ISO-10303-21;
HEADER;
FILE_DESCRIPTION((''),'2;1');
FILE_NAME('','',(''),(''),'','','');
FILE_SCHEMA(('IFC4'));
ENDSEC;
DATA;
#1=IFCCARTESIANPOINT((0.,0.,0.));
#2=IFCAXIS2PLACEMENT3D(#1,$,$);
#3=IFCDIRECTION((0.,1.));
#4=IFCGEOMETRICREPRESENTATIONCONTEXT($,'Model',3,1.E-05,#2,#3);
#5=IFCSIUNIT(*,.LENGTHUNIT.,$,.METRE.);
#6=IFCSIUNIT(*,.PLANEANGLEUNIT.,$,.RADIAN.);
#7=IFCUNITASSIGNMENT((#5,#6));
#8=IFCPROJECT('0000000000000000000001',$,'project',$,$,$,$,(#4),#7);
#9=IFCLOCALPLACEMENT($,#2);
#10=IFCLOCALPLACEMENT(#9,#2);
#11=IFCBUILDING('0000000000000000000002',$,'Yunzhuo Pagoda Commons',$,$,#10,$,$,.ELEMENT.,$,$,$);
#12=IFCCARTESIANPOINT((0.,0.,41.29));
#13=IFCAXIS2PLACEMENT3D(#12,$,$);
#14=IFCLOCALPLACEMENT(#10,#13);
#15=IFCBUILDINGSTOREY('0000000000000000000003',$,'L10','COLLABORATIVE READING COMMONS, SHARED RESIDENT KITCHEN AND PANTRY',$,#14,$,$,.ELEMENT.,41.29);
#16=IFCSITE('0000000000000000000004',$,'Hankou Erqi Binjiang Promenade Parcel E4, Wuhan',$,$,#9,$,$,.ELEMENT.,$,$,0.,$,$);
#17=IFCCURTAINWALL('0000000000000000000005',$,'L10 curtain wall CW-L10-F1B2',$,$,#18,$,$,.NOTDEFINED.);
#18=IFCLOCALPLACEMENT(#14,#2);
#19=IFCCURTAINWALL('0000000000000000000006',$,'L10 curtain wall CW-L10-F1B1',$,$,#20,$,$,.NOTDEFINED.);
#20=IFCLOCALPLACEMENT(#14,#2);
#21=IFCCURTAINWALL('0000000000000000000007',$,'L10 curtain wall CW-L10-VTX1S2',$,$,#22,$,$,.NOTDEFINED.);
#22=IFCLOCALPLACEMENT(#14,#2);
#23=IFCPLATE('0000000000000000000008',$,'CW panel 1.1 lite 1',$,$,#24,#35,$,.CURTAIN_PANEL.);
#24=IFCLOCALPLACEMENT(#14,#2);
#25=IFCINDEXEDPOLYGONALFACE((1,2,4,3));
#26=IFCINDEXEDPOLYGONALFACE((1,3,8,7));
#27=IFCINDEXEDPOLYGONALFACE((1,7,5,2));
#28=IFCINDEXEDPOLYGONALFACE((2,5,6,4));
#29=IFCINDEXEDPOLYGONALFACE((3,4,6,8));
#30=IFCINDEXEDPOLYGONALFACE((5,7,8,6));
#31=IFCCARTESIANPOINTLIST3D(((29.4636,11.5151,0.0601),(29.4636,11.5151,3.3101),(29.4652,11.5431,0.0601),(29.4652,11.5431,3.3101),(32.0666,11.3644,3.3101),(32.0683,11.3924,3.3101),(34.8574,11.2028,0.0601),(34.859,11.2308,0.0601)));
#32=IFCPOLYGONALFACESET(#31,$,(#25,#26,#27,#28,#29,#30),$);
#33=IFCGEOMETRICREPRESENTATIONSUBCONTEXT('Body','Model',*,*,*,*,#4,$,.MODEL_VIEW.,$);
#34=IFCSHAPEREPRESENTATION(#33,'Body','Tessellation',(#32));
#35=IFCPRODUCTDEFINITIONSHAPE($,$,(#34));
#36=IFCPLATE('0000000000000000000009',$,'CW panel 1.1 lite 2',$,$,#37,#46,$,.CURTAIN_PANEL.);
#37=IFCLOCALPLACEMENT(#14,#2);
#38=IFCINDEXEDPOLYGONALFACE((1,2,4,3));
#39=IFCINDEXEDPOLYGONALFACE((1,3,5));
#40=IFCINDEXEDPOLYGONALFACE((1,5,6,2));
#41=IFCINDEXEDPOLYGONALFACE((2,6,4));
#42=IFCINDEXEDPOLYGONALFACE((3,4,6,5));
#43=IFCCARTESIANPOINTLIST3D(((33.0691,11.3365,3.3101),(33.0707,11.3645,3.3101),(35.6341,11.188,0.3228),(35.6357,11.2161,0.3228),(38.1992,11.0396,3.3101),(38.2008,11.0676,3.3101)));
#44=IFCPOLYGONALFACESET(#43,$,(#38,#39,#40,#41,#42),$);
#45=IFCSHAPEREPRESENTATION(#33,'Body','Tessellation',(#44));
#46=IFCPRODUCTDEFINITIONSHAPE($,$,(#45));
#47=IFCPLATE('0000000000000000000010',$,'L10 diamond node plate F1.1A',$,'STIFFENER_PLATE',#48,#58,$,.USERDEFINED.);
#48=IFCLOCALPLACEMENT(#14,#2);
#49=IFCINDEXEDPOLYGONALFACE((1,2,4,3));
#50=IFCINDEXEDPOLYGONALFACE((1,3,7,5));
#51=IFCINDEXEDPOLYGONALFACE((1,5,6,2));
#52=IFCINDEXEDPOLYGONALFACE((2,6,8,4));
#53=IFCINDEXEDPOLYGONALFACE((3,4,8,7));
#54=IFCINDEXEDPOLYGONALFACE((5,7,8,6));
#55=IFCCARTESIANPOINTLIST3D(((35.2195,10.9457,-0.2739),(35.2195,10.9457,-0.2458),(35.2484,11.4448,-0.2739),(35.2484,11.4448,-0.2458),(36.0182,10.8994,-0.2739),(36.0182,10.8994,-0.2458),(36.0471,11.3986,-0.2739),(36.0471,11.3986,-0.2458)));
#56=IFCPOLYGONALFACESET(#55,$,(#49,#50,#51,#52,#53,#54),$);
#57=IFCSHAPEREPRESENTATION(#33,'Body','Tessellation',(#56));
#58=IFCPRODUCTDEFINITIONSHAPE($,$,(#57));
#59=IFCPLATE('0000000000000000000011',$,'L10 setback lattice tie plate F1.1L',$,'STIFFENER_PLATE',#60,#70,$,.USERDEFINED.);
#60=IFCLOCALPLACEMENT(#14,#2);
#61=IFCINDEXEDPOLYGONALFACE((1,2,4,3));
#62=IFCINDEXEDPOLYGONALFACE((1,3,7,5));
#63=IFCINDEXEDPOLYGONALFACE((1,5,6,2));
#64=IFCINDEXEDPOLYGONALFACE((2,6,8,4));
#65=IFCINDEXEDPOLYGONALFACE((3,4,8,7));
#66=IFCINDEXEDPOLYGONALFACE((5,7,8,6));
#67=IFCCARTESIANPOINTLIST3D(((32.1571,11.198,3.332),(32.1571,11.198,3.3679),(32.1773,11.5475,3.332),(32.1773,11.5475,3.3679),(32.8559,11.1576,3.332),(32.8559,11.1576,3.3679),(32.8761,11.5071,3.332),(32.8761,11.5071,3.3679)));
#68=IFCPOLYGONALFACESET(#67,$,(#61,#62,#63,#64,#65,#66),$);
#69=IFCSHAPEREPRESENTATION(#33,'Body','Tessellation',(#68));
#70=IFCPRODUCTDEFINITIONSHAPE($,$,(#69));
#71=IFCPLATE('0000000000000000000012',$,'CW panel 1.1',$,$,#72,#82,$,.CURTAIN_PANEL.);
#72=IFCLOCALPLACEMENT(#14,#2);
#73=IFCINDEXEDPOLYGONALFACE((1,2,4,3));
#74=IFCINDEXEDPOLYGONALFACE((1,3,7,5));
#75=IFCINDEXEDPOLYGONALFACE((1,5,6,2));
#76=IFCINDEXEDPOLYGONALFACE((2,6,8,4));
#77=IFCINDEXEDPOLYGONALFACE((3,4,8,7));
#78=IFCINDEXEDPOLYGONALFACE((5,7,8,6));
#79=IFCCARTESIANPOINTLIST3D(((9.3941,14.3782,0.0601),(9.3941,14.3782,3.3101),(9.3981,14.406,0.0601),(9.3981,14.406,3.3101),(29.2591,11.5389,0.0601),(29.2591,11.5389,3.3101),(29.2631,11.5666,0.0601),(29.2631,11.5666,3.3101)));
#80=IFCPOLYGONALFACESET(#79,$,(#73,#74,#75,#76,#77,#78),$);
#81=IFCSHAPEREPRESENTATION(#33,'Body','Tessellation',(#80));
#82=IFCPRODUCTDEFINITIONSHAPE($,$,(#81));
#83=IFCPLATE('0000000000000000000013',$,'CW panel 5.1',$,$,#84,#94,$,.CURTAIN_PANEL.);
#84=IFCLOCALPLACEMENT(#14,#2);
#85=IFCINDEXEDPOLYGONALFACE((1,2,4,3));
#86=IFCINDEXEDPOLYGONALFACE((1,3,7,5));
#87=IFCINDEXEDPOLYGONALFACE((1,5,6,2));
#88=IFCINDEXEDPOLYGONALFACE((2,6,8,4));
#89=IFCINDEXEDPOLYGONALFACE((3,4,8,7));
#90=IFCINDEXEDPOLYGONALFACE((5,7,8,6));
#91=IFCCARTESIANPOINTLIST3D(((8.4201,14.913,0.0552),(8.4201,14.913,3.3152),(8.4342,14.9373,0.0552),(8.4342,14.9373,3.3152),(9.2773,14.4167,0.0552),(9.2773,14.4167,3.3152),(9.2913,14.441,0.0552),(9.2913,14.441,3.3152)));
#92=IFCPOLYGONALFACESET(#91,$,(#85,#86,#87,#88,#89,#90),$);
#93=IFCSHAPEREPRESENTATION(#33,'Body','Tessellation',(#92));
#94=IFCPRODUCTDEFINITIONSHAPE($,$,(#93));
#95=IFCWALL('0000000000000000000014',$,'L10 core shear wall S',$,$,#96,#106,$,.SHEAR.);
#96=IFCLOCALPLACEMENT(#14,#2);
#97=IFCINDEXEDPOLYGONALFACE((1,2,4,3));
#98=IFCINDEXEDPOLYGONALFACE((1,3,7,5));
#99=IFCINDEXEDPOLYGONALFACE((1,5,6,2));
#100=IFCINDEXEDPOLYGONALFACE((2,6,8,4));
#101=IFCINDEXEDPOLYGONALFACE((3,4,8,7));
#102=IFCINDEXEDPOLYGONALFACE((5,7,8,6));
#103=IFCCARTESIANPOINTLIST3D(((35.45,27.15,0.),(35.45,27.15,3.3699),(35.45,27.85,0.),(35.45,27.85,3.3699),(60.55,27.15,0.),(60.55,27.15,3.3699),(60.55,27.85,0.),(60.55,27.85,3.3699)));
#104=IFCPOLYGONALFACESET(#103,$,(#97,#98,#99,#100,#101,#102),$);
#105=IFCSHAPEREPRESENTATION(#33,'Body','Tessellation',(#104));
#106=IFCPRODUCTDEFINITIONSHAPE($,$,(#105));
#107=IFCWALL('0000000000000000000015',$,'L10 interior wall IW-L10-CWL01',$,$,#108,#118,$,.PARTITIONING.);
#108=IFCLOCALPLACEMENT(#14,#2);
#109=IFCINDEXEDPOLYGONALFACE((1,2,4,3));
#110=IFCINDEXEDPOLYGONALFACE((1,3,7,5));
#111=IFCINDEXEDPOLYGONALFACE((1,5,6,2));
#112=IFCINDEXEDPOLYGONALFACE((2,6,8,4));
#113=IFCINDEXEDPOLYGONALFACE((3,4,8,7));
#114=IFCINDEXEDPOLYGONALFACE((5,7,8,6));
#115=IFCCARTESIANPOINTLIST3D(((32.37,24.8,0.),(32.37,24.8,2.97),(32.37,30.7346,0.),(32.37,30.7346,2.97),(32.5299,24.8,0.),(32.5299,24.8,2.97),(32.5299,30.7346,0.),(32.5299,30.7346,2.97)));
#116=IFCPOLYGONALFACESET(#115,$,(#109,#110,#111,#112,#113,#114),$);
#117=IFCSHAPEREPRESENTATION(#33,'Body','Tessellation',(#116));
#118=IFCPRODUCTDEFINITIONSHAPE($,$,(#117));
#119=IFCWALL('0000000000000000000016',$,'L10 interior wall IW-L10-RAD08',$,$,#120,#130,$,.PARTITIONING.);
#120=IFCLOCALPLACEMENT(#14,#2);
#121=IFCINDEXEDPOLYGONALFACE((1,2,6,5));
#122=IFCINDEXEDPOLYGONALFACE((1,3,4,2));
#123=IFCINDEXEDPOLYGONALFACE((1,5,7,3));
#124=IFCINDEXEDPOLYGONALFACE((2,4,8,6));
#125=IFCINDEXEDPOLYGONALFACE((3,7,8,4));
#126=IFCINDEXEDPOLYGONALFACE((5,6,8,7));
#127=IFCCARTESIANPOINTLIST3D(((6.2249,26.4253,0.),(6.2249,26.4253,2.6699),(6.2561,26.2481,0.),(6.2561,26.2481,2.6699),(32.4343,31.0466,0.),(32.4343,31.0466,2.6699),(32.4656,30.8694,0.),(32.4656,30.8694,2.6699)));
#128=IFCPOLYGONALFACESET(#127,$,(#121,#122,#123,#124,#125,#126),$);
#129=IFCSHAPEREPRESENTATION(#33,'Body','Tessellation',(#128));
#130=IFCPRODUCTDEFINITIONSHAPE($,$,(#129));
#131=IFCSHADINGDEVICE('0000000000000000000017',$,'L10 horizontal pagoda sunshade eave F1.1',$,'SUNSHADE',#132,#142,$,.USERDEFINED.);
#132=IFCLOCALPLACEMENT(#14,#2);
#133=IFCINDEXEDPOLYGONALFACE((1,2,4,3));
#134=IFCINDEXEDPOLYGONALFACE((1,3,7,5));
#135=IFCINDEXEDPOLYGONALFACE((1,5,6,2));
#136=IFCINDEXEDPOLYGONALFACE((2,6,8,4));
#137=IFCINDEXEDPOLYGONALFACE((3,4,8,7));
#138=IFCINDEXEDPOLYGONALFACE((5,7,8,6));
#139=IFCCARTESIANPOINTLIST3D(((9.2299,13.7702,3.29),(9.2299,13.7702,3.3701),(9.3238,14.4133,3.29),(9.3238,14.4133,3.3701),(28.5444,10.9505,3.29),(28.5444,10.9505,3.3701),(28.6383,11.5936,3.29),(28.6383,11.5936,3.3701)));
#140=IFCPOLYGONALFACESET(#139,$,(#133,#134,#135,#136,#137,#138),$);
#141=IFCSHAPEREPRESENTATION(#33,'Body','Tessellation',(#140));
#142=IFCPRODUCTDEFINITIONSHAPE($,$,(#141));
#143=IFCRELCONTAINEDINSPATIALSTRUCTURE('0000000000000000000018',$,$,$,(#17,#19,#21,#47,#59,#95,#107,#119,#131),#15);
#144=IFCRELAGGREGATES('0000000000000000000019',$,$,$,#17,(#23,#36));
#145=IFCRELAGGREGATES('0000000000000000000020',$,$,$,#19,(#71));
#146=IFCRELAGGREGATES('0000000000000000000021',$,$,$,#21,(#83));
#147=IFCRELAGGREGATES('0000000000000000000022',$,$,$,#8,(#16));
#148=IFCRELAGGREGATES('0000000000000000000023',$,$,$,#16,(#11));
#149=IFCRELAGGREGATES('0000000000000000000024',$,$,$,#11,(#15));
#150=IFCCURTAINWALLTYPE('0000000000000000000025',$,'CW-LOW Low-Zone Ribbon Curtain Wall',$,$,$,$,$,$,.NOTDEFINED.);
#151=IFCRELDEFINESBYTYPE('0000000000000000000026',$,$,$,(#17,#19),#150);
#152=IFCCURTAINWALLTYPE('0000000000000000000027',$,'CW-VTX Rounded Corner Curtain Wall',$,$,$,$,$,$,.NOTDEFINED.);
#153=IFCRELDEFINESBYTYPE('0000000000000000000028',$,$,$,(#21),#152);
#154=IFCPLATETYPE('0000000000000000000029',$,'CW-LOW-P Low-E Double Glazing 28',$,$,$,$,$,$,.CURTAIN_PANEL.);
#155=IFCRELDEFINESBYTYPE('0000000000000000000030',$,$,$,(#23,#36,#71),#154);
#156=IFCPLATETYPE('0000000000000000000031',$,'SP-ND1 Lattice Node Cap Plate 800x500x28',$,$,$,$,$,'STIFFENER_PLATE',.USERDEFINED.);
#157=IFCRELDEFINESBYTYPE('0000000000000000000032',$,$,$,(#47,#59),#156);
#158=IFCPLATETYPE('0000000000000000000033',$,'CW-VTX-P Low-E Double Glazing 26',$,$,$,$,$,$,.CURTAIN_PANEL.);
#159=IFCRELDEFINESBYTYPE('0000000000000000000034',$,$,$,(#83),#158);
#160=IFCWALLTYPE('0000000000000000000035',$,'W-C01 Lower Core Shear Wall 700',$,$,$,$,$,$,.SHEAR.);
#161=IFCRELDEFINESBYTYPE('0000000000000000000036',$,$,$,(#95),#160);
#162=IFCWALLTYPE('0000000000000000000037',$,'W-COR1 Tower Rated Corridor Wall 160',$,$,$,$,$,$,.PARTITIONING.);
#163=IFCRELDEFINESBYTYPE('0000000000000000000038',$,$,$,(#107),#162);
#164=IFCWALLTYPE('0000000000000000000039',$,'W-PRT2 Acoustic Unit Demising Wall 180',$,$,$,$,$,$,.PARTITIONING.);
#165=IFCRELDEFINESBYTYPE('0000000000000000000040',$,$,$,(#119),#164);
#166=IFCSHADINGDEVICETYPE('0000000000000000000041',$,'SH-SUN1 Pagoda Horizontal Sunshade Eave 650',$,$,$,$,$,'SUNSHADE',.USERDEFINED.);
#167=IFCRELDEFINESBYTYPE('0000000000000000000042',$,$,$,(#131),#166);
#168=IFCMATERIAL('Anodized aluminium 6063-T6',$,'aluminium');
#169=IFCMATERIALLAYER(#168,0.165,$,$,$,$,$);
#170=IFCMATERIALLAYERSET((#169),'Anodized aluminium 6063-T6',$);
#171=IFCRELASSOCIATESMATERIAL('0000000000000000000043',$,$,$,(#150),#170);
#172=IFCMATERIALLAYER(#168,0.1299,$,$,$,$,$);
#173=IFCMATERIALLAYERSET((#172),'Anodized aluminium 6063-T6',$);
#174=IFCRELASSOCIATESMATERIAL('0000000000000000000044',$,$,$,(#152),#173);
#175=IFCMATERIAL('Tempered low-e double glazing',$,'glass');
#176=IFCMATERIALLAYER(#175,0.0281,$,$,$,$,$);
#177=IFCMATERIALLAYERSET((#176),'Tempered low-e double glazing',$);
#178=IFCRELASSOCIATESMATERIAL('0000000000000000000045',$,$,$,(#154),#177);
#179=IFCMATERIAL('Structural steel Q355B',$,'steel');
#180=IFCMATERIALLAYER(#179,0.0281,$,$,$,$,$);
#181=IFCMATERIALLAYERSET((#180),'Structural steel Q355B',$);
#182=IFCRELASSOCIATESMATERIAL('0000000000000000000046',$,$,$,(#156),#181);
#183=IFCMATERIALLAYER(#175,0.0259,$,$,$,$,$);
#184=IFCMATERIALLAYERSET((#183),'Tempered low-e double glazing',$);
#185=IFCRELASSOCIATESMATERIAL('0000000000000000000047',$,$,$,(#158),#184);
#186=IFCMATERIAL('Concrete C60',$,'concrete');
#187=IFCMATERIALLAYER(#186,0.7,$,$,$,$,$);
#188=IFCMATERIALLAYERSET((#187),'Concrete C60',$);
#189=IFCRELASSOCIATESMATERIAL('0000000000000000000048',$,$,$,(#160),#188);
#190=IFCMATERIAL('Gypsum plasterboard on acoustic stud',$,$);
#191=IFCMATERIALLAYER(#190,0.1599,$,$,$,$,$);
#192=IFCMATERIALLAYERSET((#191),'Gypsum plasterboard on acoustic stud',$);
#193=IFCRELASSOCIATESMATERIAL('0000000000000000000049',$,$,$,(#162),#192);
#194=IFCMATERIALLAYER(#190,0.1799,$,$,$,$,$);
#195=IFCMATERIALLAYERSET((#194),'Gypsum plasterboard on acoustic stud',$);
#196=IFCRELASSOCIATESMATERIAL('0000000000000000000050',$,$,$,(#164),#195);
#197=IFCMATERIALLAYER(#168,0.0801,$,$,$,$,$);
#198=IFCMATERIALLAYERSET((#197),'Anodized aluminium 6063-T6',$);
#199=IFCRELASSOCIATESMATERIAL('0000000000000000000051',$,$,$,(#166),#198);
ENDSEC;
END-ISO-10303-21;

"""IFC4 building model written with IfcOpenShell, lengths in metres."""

from ifc_helpers import new_model, si_unit, direction, frame, frame_2d, origin, origin_2d, place, context, subcontext, project, spatial, polyline, rectangle, outline, extrude, source, transform, mapped, material, layer, layer_set, type_object, element, aggregate, save


model = new_model("IFC4")

# Units and contexts
model_context = context("Model", 3, precision=1e-05, world=origin(), true_north=direction((0.0, 1.0)))
body_context = subcontext(model_context, "Body", "Model", "MODEL_VIEW")
ifc_project = project(units=[si_unit("LENGTHUNIT", "METRE"), si_unit("PLANEANGLEUNIT", "RADIAN")], contexts=[model_context])

# Site, building, storey
site_placement = place(None, origin())
site = spatial("IfcSite", under=ifc_project, at=site_placement, Name="Hankou Erqi Binjiang Promenade Parcel E4, Wuhan", CompositionType="ELEMENT", RefElevation=0.0)
building_placement = place(site_placement, origin())
building = spatial("IfcBuilding", under=site, at=building_placement, Name="Yunzhuo Pagoda Commons", CompositionType="ELEMENT")
storey_placement = place(building_placement, frame((0.0, 0.0, 41.29)))
storey = spatial("IfcBuildingStorey", under=building, at=storey_placement, Name="L10", Description="COLLABORATIVE READING COMMONS, SHARED RESIDENT KITCHEN AND PANTRY", CompositionType="ELEMENT", Elevation=41.29)

# Shared definitions
ifc_material_1 = material(Name="Structural steel Q355B", Category="steel")

# Curtain wall
ifc_material_2 = material(Name="Anodized aluminium 6063-T6", Category="aluminium")
ifc_layer_1 = layer(ifc_material_2, 0.165)
ifc_layer_set_1 = layer_set([ifc_layer_1], Name="Anodized aluminium 6063-T6")
curtain_wall_type_1 = type_object("IfcCurtainWallType", Name="CW-LOW Low-Zone Ribbon Curtain Wall", PredefinedType="NOTDEFINED", material=ifc_layer_set_1)
curtain_wall_1_placement = place(storey_placement, origin())
curtain_wall_1 = element("IfcCurtainWall", 1, at=curtain_wall_1_placement, inside=storey, type_object=curtain_wall_type_1, Name="L10 curtain wall CW-L10-F1B2", PredefinedType="NOTDEFINED")

# Curtain wall
curtain_wall_2_placement = place(storey_placement, origin())
curtain_wall_2 = element("IfcCurtainWall", 2, at=curtain_wall_2_placement, inside=storey, type_object=curtain_wall_type_1, Name="L10 curtain wall CW-L10-F1B1", PredefinedType="NOTDEFINED")

# Curtain wall
ifc_layer_2 = layer(ifc_material_2, 0.1299)
ifc_layer_set_2 = layer_set([ifc_layer_2], Name="Anodized aluminium 6063-T6")
curtain_wall_type_2 = type_object("IfcCurtainWallType", Name="CW-VTX Rounded Corner Curtain Wall", PredefinedType="NOTDEFINED", material=ifc_layer_set_2)
curtain_wall_3_placement = place(storey_placement, origin())
curtain_wall_3 = element("IfcCurtainWall", 3, at=curtain_wall_3_placement, inside=storey, type_object=curtain_wall_type_2, Name="L10 curtain wall CW-L10-VTX1S2", PredefinedType="NOTDEFINED")

# Plates
ifc_material_3 = material(Name="Tempered low-e double glazing", Category="glass")
ifc_layer_3 = layer(ifc_material_3, 0.0281)
ifc_layer_set_3 = layer_set([ifc_layer_3], Name="Tempered low-e double glazing")
plate_type_1 = type_object("IfcPlateType", Name="CW-LOW-P Low-E Double Glazing 28", PredefinedType="CURTAIN_PANEL", material=ifc_layer_set_3)
plate_1_placement = place(storey_placement, frame((32.1621, 11.387, 1.6851), z_axis=(-0.057791, -0.998329, 0.0), x_axis=(0.998329, -0.057791, 0.0)))
plate_1 = element("IfcPlate", 4, at=plate_1_placement, type_object=plate_type_1, Name="CW panel 1.1 lite 1", PredefinedType="CURTAIN_PANEL", context=body_context, shape_type="SweptSolid", body=[
    extrude(outline(polyline([(-2.7014, -1.625), (2.7014, -1.625), (-0.094, 1.625), (-2.7014, 1.625), (-2.7014, -1.625)])), origin(), (0.0, 0.0, 1.0), 0.0281),
])
plate_2_placement = place(storey_placement, frame((35.6357, 11.2161, 1.8164), z_axis=(-0.057791, -0.998329, 0.0), x_axis=(0.998329, -0.057791, 0.0)))
plate_2 = element("IfcPlate", 5, at=plate_2_placement, type_object=plate_type_1, Name="CW panel 1.1 lite 2", PredefinedType="CURTAIN_PANEL", context=body_context, shape_type="SweptSolid", body=[
    extrude(outline(polyline([(-2.5693, 1.4937), (0.0, -1.4937), (2.5693, 1.4937), (-2.5693, 1.4937)])), origin(), (0.0, 0.0, 1.0), 0.0281),
])
aggregate(curtain_wall_1, [plate_1, plate_2])

# Plates
ifc_layer_4 = layer(ifc_material_1, 0.0281)
ifc_layer_set_4 = layer_set([ifc_layer_4], Name="Structural steel Q355B")
plate_type_2 = type_object("IfcPlateType", Name="SP-ND1 Lattice Node Cap Plate 800x500x28", ElementType="STIFFENER_PLATE", PredefinedType="USERDEFINED", material=ifc_layer_set_4)
shared_shape_1 = source(origin(), body_context, "Body", "SweptSolid", [
    extrude(rectangle(XDim=0.8, YDim=0.5, at=origin_2d()), origin(), (0.0, 0.0, 1.0), 0.0281),
])
plate_3_placement = place(storey_placement, frame((35.6333, 11.1721, -0.2739), z_axis=(0.0, 0.0, 1.0), x_axis=(0.998329, -0.057791, 0.0)))
element("IfcPlate", 6, at=plate_3_placement, inside=storey, type_object=plate_type_2, Name="L10 diamond node plate F1.1A", ObjectType="STIFFENER_PLATE", PredefinedType="USERDEFINED", context=body_context, shape_type="MappedRepresentation", body=[
    mapped(shared_shape_1, transform((0.0, 0.0, 0.0), scale=1.0)),
])
shared_shape_2 = source(origin(), body_context, "Body", "SweptSolid", [
    extrude(rectangle(XDim=0.7, YDim=0.3501, at=origin_2d()), origin(), (0.0, 0.0, 1.0), 0.0359),
])
plate_4_placement = place(storey_placement, frame((32.5166, 11.3525, 3.332), z_axis=(0.0, 0.0, 1.0), x_axis=(0.998329, -0.057791, 0.0)))
element("IfcPlate", 7, at=plate_4_placement, inside=storey, type_object=plate_type_2, Name="L10 setback lattice tie plate F1.1L", ObjectType="STIFFENER_PLATE", PredefinedType="USERDEFINED", context=body_context, shape_type="MappedRepresentation", body=[
    mapped(shared_shape_2, transform((0.0, 0.0, 0.0), scale=1.0)),
])

# Plates
shared_shape_3 = source(origin(), body_context, "Body", "SweptSolid", [
    extrude(rectangle(XDim=20.0669, YDim=0.0281, at=origin_2d()), origin(), (0.0, 0.0, 1.0), 3.25),
])
plate_5_placement = place(storey_placement, frame((19.3286, 12.9724, 0.0601), z_axis=(0.0, 0.0, 1.0), x_axis=(0.989939, -0.141493, 0.0)))
plate_5 = element("IfcPlate", 8, at=plate_5_placement, type_object=plate_type_1, Name="CW panel 1.1", PredefinedType="CURTAIN_PANEL", context=body_context, shape_type="MappedRepresentation", body=[
    mapped(shared_shape_3, transform((0.0, 0.0, 0.0), scale=1.0)),
])
aggregate(curtain_wall_2, [plate_5])
ifc_layer_5 = layer(ifc_material_3, 0.0259)
ifc_layer_set_5 = layer_set([ifc_layer_5], Name="Tempered low-e double glazing")
plate_type_3 = type_object("IfcPlateType", Name="CW-VTX-P Low-E Double Glazing 26", PredefinedType="CURTAIN_PANEL", material=ifc_layer_set_5)
shared_shape_4 = source(origin(), body_context, "Body", "SweptSolid", [
    extrude(rectangle(XDim=0.9905, YDim=0.0281, at=origin_2d()), origin(), (0.0, 0.0, 1.0), 3.26),
])
plate_6_placement = place(storey_placement, frame((8.8557, 14.677, 0.0552), z_axis=(0.0, 0.0, 1.0), x_axis=(0.865423, -0.501041, 0.0)))
plate_6 = element("IfcPlate", 9, at=plate_6_placement, type_object=plate_type_3, Name="CW panel 5.1", PredefinedType="CURTAIN_PANEL", context=body_context, shape_type="MappedRepresentation", body=[
    mapped(shared_shape_4, transform((0.0, 0.0, 0.0), scale=1.0)),
])
aggregate(curtain_wall_3, [plate_6])

# Walls
ifc_material_4 = material(Name="Concrete C60", Category="concrete")
ifc_layer_6 = layer(ifc_material_4, 0.7)
ifc_layer_set_6 = layer_set([ifc_layer_6], Name="Concrete C60")
wall_type_1 = type_object("IfcWallType", Name="W-C01 Lower Core Shear Wall 700", PredefinedType="SHEAR", material=ifc_layer_set_6)
wall_1_placement = place(storey_placement, frame((35.45, 27.5, 0.0), z_axis=(0.0, 0.0, 1.0), x_axis=(1.0, 0.0, 0.0)))
element("IfcWall", 10, at=wall_1_placement, inside=storey, type_object=wall_type_1, Name="L10 core shear wall S", PredefinedType="SHEAR", context=body_context, shape_type="SweptSolid", body=[
    extrude(rectangle(XDim=25.1001, YDim=0.7, at=frame_2d((12.55, 0.0))), origin(), (0.0, 0.0, 1.0), 3.3699),
])
ifc_material_5 = material(Name="Gypsum plasterboard on acoustic stud")
ifc_layer_7 = layer(ifc_material_5, 0.1599)
ifc_layer_set_7 = layer_set([ifc_layer_7], Name="Gypsum plasterboard on acoustic stud")
wall_type_2 = type_object("IfcWallType", Name="W-COR1 Tower Rated Corridor Wall 160", PredefinedType="PARTITIONING", material=ifc_layer_set_7)
wall_2_placement = place(storey_placement, frame((32.45, 24.8, 0.0), z_axis=(0.0, 0.0, 1.0), x_axis=(0.0, 1.0, 0.0)))
element("IfcWall", 11, at=wall_2_placement, inside=storey, type_object=wall_type_2, Name="L10 interior wall IW-L10-CWL01", PredefinedType="PARTITIONING", context=body_context, shape_type="SweptSolid", body=[
    extrude(rectangle(XDim=5.9346, YDim=0.1599, at=frame_2d((2.9673, 0.0))), origin(), (0.0, 0.0, 1.0), 2.97),
])
ifc_layer_8 = layer(ifc_material_5, 0.1799)
ifc_layer_set_8 = layer_set([ifc_layer_8], Name="Gypsum plasterboard on acoustic stud")
wall_type_3 = type_object("IfcWallType", Name="W-PRT2 Acoustic Unit Demising Wall 180", PredefinedType="PARTITIONING", material=ifc_layer_set_8)
wall_3_placement = place(storey_placement, frame((32.45, 30.958, 0.0), z_axis=(0.0, 0.0, 1.0), x_axis=(-0.984808, -0.173645, 0.0)))
element("IfcWall", 12, at=wall_3_placement, inside=storey, type_object=wall_type_3, Name="L10 interior wall IW-L10-RAD08", PredefinedType="PARTITIONING", context=body_context, shape_type="SweptSolid", body=[
    extrude(rectangle(XDim=26.6138, YDim=0.1799, at=frame_2d((13.3069, 0.0))), origin(), (0.0, 0.0, 1.0), 2.6699),
])

# Shading device
ifc_layer_9 = layer(ifc_material_2, 0.0801)
ifc_layer_set_9 = layer_set([ifc_layer_9], Name="Anodized aluminium 6063-T6")
shading_device_type = type_object("IfcShadingDeviceType", Name="SH-SUN1 Pagoda Horizontal Sunshade Eave 650", ElementType="SUNSHADE", PredefinedType="USERDEFINED", material=ifc_layer_set_9)
shared_shape_5 = source(origin(), body_context, "Body", "SweptSolid", [
    extrude(rectangle(XDim=19.5193, YDim=0.6499, at=origin_2d()), origin(), (0.0, 0.0, 1.0), 0.0801),
])
shading_device_placement = place(storey_placement, frame((18.9341, 12.6819, 3.29), z_axis=(0.0, 0.0, 1.0), x_axis=(0.989511, -0.14446, 0.0)))
element("IfcShadingDevice", 13, at=shading_device_placement, inside=storey, type_object=shading_device_type, Name="L10 horizontal pagoda sunshade eave F1.1", ObjectType="SUNSHADE", PredefinedType="USERDEFINED", context=body_context, shape_type="MappedRepresentation", body=[
    mapped(shared_shape_5, transform((0.0, 0.0, 0.0), scale=1.0)),
])

save(model, "model.ifc")
